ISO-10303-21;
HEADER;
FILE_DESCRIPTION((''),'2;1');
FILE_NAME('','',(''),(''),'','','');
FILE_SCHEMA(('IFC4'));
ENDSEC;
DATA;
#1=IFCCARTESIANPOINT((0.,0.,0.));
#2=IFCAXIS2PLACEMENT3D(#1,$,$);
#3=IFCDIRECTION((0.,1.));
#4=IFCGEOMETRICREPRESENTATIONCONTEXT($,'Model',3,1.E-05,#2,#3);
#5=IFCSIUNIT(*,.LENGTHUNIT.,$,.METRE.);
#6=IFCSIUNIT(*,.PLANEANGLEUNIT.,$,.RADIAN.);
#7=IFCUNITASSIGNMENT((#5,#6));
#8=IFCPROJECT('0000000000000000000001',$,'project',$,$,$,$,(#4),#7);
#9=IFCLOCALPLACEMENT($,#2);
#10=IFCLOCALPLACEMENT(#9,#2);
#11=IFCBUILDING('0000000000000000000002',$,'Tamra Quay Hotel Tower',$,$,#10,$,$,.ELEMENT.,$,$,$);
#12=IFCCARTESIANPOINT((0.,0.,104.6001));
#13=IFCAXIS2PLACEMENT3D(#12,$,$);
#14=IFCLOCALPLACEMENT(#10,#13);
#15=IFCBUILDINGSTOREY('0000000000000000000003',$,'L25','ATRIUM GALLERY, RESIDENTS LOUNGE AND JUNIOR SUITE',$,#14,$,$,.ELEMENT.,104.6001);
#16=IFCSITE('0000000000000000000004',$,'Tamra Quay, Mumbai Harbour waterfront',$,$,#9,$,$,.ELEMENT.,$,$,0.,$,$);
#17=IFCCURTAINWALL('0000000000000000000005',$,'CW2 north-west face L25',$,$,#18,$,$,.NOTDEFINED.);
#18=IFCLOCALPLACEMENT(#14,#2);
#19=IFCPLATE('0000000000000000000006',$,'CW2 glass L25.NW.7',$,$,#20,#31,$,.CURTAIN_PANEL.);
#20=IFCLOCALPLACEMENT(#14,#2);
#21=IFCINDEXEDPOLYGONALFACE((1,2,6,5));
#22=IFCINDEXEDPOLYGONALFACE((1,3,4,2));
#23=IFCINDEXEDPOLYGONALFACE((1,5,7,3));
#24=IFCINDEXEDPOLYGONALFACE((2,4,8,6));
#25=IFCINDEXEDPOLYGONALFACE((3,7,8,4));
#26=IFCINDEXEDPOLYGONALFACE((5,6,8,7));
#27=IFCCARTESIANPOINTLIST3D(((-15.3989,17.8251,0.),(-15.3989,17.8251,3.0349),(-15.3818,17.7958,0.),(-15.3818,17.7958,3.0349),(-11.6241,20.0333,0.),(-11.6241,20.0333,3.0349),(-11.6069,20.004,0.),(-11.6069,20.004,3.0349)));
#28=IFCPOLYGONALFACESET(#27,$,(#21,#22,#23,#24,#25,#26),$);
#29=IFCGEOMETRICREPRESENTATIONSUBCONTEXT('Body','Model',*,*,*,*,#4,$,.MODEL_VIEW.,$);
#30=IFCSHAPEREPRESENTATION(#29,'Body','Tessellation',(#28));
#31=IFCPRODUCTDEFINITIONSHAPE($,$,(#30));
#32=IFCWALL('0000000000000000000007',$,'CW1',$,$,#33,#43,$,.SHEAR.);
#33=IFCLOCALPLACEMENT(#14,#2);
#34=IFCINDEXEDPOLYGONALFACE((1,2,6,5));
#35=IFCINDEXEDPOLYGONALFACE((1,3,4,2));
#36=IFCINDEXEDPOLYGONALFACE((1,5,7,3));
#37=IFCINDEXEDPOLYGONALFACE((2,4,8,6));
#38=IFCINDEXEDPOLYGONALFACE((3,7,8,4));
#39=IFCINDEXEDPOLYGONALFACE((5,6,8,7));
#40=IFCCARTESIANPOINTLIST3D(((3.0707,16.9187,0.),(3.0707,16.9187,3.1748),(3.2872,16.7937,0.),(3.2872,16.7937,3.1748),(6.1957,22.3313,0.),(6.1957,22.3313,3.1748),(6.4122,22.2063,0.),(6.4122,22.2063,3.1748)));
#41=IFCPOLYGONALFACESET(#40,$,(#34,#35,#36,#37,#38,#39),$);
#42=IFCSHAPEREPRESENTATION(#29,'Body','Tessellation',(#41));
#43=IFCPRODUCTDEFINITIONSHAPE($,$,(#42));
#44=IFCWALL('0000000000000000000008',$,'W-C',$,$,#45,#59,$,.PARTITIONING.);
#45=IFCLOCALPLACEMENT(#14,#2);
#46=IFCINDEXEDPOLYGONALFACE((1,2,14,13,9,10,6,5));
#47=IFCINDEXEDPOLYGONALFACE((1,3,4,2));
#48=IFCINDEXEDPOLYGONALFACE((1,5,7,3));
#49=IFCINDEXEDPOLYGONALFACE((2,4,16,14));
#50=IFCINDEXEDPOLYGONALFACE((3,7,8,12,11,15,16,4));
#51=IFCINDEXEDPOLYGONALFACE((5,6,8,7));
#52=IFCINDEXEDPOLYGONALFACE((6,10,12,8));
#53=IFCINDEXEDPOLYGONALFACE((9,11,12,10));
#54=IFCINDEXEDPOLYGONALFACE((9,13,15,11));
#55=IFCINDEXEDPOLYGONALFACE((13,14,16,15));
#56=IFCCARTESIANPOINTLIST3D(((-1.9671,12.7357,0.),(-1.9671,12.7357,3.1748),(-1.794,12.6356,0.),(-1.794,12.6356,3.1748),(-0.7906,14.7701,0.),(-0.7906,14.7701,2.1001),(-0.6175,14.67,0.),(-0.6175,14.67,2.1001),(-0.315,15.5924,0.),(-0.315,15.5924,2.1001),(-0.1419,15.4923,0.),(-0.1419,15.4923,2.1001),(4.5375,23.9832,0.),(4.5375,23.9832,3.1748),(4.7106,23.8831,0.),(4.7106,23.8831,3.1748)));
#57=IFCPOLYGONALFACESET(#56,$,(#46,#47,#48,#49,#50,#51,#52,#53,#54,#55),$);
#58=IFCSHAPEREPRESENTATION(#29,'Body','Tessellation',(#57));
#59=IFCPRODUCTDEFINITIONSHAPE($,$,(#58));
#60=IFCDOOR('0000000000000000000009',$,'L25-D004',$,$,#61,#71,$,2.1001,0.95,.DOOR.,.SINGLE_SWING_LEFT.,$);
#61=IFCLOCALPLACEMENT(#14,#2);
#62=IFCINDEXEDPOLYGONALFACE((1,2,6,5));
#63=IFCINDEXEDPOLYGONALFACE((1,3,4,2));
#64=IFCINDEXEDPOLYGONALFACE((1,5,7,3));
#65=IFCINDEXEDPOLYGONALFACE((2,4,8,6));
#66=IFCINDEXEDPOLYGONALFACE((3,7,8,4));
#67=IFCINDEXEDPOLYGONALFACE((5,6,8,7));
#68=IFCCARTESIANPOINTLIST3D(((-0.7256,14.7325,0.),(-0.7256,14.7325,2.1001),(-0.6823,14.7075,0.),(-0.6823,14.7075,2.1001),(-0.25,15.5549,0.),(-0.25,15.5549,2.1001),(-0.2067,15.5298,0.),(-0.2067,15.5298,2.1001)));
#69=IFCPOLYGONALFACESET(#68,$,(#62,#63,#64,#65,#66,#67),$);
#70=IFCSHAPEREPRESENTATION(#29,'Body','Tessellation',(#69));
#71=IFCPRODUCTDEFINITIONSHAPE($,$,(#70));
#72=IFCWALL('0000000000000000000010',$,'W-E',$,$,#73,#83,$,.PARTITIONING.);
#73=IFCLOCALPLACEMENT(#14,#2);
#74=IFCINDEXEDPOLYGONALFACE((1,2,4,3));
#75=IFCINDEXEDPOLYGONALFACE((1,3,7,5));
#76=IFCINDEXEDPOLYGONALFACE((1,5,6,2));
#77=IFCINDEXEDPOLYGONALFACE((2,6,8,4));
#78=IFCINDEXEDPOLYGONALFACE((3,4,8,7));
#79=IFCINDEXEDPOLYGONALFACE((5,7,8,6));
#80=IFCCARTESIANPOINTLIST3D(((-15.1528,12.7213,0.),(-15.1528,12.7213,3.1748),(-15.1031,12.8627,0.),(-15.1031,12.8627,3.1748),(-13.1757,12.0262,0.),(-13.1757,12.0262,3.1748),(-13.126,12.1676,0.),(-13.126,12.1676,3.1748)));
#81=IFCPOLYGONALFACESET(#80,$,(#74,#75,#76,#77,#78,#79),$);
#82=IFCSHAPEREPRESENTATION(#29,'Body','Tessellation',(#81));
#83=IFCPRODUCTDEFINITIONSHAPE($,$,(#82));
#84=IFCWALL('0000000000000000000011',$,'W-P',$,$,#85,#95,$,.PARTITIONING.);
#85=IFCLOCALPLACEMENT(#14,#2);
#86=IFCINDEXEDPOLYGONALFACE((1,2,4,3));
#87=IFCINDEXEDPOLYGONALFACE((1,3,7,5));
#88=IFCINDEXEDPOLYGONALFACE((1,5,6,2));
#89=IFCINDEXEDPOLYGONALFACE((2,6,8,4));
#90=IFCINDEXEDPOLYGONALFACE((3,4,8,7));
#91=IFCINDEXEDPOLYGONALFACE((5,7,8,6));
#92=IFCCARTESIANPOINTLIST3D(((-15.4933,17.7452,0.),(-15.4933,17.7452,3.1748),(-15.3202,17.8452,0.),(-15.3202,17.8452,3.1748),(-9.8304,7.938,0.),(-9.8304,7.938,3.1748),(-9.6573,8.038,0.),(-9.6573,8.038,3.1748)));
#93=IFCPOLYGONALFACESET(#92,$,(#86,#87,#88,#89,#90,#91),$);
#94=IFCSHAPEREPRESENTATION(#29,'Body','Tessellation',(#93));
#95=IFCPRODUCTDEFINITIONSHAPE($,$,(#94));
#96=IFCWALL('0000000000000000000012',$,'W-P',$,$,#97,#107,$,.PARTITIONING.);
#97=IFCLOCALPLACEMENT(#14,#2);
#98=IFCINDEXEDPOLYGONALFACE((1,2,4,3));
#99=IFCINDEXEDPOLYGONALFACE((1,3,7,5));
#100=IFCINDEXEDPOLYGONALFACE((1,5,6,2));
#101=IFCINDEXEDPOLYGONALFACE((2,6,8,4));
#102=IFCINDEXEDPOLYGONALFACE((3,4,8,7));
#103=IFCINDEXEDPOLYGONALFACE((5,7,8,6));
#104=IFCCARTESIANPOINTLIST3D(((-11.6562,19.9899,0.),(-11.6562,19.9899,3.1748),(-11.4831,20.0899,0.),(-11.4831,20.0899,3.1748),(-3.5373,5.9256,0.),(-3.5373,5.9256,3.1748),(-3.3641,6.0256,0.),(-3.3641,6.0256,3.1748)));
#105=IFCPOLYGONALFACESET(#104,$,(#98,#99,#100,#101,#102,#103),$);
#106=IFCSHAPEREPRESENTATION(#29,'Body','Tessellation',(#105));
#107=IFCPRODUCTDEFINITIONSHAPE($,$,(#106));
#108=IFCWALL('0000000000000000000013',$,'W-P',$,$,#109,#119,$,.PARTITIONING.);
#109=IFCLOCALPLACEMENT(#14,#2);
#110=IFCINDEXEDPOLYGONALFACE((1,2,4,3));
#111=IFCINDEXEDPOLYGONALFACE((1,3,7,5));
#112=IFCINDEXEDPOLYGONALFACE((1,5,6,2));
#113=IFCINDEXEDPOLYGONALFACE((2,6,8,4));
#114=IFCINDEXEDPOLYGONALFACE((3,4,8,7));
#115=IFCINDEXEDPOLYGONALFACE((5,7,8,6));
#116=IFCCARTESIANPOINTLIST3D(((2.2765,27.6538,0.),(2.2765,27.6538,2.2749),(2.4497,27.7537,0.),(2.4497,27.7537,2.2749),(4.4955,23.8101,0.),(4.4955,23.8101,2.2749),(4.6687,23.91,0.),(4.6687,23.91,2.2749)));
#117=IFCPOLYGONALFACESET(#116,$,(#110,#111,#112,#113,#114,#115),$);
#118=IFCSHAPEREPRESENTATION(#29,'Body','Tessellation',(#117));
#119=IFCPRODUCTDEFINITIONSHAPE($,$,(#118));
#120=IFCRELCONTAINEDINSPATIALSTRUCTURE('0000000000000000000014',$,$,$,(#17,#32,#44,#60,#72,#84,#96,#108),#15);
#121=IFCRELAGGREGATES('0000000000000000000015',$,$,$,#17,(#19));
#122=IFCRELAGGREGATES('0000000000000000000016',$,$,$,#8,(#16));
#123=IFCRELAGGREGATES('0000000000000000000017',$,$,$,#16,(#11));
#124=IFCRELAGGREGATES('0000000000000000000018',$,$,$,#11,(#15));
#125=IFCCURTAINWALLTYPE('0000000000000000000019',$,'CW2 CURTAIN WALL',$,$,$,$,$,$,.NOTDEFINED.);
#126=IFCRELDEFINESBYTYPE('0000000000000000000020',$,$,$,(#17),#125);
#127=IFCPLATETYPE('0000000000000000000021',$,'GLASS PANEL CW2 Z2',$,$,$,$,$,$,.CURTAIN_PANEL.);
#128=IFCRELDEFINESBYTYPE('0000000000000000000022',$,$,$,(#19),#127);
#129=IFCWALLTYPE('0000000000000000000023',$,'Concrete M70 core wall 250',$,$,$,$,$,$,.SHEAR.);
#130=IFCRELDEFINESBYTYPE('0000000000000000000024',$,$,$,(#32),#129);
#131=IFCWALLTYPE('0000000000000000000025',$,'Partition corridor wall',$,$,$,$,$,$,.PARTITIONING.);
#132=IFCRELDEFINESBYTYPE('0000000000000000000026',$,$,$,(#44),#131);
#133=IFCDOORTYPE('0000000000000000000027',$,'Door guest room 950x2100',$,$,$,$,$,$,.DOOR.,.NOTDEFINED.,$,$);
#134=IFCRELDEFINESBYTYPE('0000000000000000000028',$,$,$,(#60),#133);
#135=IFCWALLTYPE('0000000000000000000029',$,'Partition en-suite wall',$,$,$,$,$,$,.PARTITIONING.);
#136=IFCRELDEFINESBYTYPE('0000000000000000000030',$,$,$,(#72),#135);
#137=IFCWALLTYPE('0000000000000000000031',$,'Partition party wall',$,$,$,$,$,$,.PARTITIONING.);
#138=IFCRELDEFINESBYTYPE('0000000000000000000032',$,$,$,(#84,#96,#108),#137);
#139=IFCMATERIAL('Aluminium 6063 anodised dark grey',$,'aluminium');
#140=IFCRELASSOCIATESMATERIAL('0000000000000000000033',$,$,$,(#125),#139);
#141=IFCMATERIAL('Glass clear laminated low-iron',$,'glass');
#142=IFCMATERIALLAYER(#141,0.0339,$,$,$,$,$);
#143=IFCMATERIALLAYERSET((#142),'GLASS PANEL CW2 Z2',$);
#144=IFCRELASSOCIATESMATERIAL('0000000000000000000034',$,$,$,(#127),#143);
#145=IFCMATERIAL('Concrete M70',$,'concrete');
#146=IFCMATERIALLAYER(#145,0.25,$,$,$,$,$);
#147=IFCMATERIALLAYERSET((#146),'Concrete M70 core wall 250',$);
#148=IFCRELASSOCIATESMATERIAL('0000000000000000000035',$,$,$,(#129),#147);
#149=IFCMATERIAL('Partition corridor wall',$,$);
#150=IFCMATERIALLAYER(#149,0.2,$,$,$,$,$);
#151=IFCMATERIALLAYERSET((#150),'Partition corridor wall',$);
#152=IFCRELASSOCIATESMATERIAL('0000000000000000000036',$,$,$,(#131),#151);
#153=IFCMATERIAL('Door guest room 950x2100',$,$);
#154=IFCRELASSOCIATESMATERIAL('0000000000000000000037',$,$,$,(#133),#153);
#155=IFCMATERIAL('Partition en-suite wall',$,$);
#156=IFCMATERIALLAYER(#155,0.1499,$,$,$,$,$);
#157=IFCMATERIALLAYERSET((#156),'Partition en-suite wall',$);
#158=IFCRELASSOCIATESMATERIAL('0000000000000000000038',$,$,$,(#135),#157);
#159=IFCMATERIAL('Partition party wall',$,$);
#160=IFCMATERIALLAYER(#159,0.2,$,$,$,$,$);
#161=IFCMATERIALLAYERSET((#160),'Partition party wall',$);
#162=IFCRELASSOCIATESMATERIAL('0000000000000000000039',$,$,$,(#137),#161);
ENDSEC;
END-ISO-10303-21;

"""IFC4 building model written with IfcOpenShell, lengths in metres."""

from ifc_helpers import new_model, si_unit, direction, frame, frame_2d, origin, origin_2d, place, context, subcontext, project, spatial, rectangle, extrude, material, layer, layer_set, type_object, element, fill, aggregate, save


model = new_model("IFC4")

# Units and contexts
model_context = context("Model", 3, precision=1e-05, world=origin(), true_north=direction((0.0, 1.0)))
body_context = subcontext(model_context, "Body", "Model", "MODEL_VIEW")
ifc_project = project(units=[si_unit("LENGTHUNIT", "METRE"), si_unit("PLANEANGLEUNIT", "RADIAN")], contexts=[model_context])

# Site, building, storey
site_placement = place(None, origin())
site = spatial("IfcSite", under=ifc_project, at=site_placement, Name="Tamra Quay, Mumbai Harbour waterfront", CompositionType="ELEMENT", RefElevation=0.0)
building_placement = place(site_placement, origin())
building = spatial("IfcBuilding", under=site, at=building_placement, Name="Tamra Quay Hotel Tower", CompositionType="ELEMENT")
storey_placement = place(building_placement, frame((0.0, 0.0, 104.6001)))
storey = spatial("IfcBuildingStorey", under=building, at=storey_placement, Name="L25", Description="ATRIUM GALLERY, RESIDENTS LOUNGE AND JUNIOR SUITE", CompositionType="ELEMENT", Elevation=104.6001)

# Shared definitions
ifc_material_1 = material(Name="Concrete M70", Category="concrete")

# Curtain wall, plate
ifc_material_2 = material(Name="Aluminium 6063 anodised dark grey", Category="aluminium")
curtain_wall_type = type_object("IfcCurtainWallType", Name="CW2 CURTAIN WALL", PredefinedType="NOTDEFINED", material=ifc_material_2)
curtain_wall_placement = place(storey_placement, origin())
curtain_wall = element("IfcCurtainWall", 1, at=curtain_wall_placement, inside=storey, type_object=curtain_wall_type, Name="CW2 north-west face L25", PredefinedType="NOTDEFINED")
ifc_material_3 = material(Name="Glass clear laminated low-iron", Category="glass")
ifc_layer_1 = layer(ifc_material_3, 0.0339)
ifc_layer_set_1 = layer_set([ifc_layer_1], Name="GLASS PANEL CW2 Z2")
plate_type = type_object("IfcPlateType", Name="GLASS PANEL CW2 Z2", PredefinedType="CURTAIN_PANEL", material=ifc_layer_set_1)
plate_1_placement = place(storey_placement, frame((-13.5029, 18.9146, 0.0), z_axis=(0.0, 0.0, 1.0), x_axis=(-0.863155, -0.504939, 0.0)))
plate_1 = element("IfcPlate", 2, at=plate_1_placement, type_object=plate_type, Name="CW2 glass L25.NW.7", PredefinedType="CURTAIN_PANEL", context=body_context, shape_type="SweptSolid", body=[
    extrude(rectangle(XDim=4.3733, YDim=0.0339, at=origin_2d()), origin(), (0.0, 0.0, 1.0), 3.0349),
])
aggregate(curtain_wall, [plate_1])

# Wall
ifc_layer_2 = layer(ifc_material_1, 0.25)
ifc_layer_set_2 = layer_set([ifc_layer_2], Name="Concrete M70 core wall 250")
wall_type_1 = type_object("IfcWallType", Name="Concrete M70 core wall 250", PredefinedType="SHEAR", material=ifc_layer_set_2)
wall_1_placement = place(storey_placement, frame((3.179, 16.8562, 0.0), z_axis=(0.0, 0.0, 1.0), x_axis=(0.500004, 0.866023, 0.0)))
element("IfcWall", 3, at=wall_1_placement, inside=storey, type_object=wall_type_1, Name="CW1", PredefinedType="SHEAR", context=body_context, shape_type="SweptSolid", body=[
    extrude(rectangle(XDim=6.25, YDim=0.25, at=frame_2d((3.125, 0.0))), origin(), (0.0, 0.0, 1.0), 3.1748),
])

# Wall, opening, door
ifc_material_4 = material(Name="Partition corridor wall")
ifc_layer_3 = layer(ifc_material_4, 0.2)
ifc_layer_set_3 = layer_set([ifc_layer_3], Name="Partition corridor wall")
wall_type_2 = type_object("IfcWallType", Name="Partition corridor wall", PredefinedType="PARTITIONING", material=ifc_layer_set_3)
wall_2_placement = place(storey_placement, frame((-1.8806, 12.6855, 0.0), z_axis=(0.0, 0.0, 1.0), x_axis=(0.500627, 0.865663, 0.0)))
wall_2 = element("IfcWall", 4, at=wall_2_placement, inside=storey, type_object=wall_type_2, Name="W-C", PredefinedType="PARTITIONING", context=body_context, shape_type="SweptSolid", body=[
    extrude(rectangle(XDim=12.9929, YDim=0.2, at=frame_2d((6.4966, 0.0))), origin(), (0.0, 0.0, 1.0), 3.1748),
])
opening_placement = place(wall_2_placement, frame((2.3501, 0.0, 0.0)))
opening = element("IfcOpeningElement", 5, at=opening_placement, cuts=wall_2, PredefinedType="OPENING", context=body_context, shape_type="SweptSolid", body=[
    extrude(rectangle(XDim=0.95, YDim=2.1001, at=frame_2d((0.4751, 1.05))), frame((0.0, 0.1099, 0.0), z_axis=(0.0, -1.0, 0.0), x_axis=(1.0, 0.0, 0.0)), (0.0, 0.0, 1.0), 0.22),
])
ifc_material_5 = material(Name="Door guest room 950x2100")
door_type = type_object("IfcDoorType", Name="Door guest room 950x2100", OperationType="NOTDEFINED", PredefinedType="DOOR", material=ifc_material_5)
door_placement = place(opening_placement, origin())
door = element("IfcDoor", 6, at=door_placement, inside=storey, type_object=door_type, Name="L25-D004", OperationType="SINGLE_SWING_LEFT", OverallHeight=2.1001, OverallWidth=0.95, PredefinedType="DOOR", context=body_context, shape_type="SweptSolid", body=[
    extrude(rectangle(XDim=0.95, YDim=2.1001, at=frame_2d((0.4751, 1.05))), frame((0.0, 0.0249, 0.0), z_axis=(0.0, -1.0, 0.0), x_axis=(1.0, 0.0, 0.0)), (0.0, 0.0, 1.0), 0.05),
])
fill(opening, door)

# Walls
ifc_material_6 = material(Name="Partition en-suite wall")
ifc_layer_4 = layer(ifc_material_6, 0.1499)
ifc_layer_set_4 = layer_set([ifc_layer_4], Name="Partition en-suite wall")
wall_type_3 = type_object("IfcWallType", Name="Partition en-suite wall", PredefinedType="PARTITIONING", material=ifc_layer_set_4)
wall_3_placement = place(storey_placement, frame((-15.1279, 12.792, 0.0), z_axis=(0.0, 0.0, 1.0), x_axis=(0.943396, -0.331668, 0.0)))
element("IfcWall", 7, at=wall_3_placement, inside=storey, type_object=wall_type_3, Name="W-E", PredefinedType="PARTITIONING", context=body_context, shape_type="SweptSolid", body=[
    extrude(rectangle(XDim=2.0957, YDim=0.1499, at=frame_2d((1.0479, 0.0))), origin(), (0.0, 0.0, 1.0), 3.1748),
])
ifc_material_7 = material(Name="Partition party wall")
ifc_layer_5 = layer(ifc_material_7, 0.2)
ifc_layer_set_5 = layer_set([ifc_layer_5], Name="Partition party wall")
wall_type_4 = type_object("IfcWallType", Name="Partition party wall", PredefinedType="PARTITIONING", material=ifc_layer_set_5)
wall_4_placement = place(storey_placement, frame((-15.4067, 17.7952, 0.0), z_axis=(0.0, 0.0, 1.0), x_axis=(0.500046, -0.865999, 0.0)))
element("IfcWall", 8, at=wall_4_placement, inside=storey, type_object=wall_type_4, Name="W-P", PredefinedType="PARTITIONING", context=body_context, shape_type="SweptSolid", body=[
    extrude(rectangle(XDim=11.3247, YDim=0.2, at=frame_2d((5.6624, 0.0))), origin(), (0.0, 0.0, 1.0), 3.1748),
])
wall_5_placement = place(storey_placement, frame((-11.5696, 20.0398, 0.0), z_axis=(0.0, 0.0, 1.0), x_axis=(0.49995, -0.866054, 0.0)))
element("IfcWall", 9, at=wall_5_placement, inside=storey, type_object=wall_type_4, Name="W-P", PredefinedType="PARTITIONING", context=body_context, shape_type="SweptSolid", body=[
    extrude(rectangle(XDim=16.2395, YDim=0.2, at=frame_2d((8.1196, 0.0))), origin(), (0.0, 0.0, 1.0), 3.1748),
])
wall_6_placement = place(storey_placement, frame((2.363, 27.7039, 0.0), z_axis=(0.0, 0.0, 1.0), x_axis=(0.499967, -0.866045, 0.0)))
element("IfcWall", 10, at=wall_6_placement, inside=storey, type_object=wall_type_4, Name="W-P", PredefinedType="PARTITIONING", context=body_context, shape_type="SweptSolid", body=[
    extrude(rectangle(XDim=4.4382, YDim=0.2, at=frame_2d((2.2192, 0.0))), origin(), (0.0, 0.0, 1.0), 2.2749),
])

save(model, "model.ifc")
